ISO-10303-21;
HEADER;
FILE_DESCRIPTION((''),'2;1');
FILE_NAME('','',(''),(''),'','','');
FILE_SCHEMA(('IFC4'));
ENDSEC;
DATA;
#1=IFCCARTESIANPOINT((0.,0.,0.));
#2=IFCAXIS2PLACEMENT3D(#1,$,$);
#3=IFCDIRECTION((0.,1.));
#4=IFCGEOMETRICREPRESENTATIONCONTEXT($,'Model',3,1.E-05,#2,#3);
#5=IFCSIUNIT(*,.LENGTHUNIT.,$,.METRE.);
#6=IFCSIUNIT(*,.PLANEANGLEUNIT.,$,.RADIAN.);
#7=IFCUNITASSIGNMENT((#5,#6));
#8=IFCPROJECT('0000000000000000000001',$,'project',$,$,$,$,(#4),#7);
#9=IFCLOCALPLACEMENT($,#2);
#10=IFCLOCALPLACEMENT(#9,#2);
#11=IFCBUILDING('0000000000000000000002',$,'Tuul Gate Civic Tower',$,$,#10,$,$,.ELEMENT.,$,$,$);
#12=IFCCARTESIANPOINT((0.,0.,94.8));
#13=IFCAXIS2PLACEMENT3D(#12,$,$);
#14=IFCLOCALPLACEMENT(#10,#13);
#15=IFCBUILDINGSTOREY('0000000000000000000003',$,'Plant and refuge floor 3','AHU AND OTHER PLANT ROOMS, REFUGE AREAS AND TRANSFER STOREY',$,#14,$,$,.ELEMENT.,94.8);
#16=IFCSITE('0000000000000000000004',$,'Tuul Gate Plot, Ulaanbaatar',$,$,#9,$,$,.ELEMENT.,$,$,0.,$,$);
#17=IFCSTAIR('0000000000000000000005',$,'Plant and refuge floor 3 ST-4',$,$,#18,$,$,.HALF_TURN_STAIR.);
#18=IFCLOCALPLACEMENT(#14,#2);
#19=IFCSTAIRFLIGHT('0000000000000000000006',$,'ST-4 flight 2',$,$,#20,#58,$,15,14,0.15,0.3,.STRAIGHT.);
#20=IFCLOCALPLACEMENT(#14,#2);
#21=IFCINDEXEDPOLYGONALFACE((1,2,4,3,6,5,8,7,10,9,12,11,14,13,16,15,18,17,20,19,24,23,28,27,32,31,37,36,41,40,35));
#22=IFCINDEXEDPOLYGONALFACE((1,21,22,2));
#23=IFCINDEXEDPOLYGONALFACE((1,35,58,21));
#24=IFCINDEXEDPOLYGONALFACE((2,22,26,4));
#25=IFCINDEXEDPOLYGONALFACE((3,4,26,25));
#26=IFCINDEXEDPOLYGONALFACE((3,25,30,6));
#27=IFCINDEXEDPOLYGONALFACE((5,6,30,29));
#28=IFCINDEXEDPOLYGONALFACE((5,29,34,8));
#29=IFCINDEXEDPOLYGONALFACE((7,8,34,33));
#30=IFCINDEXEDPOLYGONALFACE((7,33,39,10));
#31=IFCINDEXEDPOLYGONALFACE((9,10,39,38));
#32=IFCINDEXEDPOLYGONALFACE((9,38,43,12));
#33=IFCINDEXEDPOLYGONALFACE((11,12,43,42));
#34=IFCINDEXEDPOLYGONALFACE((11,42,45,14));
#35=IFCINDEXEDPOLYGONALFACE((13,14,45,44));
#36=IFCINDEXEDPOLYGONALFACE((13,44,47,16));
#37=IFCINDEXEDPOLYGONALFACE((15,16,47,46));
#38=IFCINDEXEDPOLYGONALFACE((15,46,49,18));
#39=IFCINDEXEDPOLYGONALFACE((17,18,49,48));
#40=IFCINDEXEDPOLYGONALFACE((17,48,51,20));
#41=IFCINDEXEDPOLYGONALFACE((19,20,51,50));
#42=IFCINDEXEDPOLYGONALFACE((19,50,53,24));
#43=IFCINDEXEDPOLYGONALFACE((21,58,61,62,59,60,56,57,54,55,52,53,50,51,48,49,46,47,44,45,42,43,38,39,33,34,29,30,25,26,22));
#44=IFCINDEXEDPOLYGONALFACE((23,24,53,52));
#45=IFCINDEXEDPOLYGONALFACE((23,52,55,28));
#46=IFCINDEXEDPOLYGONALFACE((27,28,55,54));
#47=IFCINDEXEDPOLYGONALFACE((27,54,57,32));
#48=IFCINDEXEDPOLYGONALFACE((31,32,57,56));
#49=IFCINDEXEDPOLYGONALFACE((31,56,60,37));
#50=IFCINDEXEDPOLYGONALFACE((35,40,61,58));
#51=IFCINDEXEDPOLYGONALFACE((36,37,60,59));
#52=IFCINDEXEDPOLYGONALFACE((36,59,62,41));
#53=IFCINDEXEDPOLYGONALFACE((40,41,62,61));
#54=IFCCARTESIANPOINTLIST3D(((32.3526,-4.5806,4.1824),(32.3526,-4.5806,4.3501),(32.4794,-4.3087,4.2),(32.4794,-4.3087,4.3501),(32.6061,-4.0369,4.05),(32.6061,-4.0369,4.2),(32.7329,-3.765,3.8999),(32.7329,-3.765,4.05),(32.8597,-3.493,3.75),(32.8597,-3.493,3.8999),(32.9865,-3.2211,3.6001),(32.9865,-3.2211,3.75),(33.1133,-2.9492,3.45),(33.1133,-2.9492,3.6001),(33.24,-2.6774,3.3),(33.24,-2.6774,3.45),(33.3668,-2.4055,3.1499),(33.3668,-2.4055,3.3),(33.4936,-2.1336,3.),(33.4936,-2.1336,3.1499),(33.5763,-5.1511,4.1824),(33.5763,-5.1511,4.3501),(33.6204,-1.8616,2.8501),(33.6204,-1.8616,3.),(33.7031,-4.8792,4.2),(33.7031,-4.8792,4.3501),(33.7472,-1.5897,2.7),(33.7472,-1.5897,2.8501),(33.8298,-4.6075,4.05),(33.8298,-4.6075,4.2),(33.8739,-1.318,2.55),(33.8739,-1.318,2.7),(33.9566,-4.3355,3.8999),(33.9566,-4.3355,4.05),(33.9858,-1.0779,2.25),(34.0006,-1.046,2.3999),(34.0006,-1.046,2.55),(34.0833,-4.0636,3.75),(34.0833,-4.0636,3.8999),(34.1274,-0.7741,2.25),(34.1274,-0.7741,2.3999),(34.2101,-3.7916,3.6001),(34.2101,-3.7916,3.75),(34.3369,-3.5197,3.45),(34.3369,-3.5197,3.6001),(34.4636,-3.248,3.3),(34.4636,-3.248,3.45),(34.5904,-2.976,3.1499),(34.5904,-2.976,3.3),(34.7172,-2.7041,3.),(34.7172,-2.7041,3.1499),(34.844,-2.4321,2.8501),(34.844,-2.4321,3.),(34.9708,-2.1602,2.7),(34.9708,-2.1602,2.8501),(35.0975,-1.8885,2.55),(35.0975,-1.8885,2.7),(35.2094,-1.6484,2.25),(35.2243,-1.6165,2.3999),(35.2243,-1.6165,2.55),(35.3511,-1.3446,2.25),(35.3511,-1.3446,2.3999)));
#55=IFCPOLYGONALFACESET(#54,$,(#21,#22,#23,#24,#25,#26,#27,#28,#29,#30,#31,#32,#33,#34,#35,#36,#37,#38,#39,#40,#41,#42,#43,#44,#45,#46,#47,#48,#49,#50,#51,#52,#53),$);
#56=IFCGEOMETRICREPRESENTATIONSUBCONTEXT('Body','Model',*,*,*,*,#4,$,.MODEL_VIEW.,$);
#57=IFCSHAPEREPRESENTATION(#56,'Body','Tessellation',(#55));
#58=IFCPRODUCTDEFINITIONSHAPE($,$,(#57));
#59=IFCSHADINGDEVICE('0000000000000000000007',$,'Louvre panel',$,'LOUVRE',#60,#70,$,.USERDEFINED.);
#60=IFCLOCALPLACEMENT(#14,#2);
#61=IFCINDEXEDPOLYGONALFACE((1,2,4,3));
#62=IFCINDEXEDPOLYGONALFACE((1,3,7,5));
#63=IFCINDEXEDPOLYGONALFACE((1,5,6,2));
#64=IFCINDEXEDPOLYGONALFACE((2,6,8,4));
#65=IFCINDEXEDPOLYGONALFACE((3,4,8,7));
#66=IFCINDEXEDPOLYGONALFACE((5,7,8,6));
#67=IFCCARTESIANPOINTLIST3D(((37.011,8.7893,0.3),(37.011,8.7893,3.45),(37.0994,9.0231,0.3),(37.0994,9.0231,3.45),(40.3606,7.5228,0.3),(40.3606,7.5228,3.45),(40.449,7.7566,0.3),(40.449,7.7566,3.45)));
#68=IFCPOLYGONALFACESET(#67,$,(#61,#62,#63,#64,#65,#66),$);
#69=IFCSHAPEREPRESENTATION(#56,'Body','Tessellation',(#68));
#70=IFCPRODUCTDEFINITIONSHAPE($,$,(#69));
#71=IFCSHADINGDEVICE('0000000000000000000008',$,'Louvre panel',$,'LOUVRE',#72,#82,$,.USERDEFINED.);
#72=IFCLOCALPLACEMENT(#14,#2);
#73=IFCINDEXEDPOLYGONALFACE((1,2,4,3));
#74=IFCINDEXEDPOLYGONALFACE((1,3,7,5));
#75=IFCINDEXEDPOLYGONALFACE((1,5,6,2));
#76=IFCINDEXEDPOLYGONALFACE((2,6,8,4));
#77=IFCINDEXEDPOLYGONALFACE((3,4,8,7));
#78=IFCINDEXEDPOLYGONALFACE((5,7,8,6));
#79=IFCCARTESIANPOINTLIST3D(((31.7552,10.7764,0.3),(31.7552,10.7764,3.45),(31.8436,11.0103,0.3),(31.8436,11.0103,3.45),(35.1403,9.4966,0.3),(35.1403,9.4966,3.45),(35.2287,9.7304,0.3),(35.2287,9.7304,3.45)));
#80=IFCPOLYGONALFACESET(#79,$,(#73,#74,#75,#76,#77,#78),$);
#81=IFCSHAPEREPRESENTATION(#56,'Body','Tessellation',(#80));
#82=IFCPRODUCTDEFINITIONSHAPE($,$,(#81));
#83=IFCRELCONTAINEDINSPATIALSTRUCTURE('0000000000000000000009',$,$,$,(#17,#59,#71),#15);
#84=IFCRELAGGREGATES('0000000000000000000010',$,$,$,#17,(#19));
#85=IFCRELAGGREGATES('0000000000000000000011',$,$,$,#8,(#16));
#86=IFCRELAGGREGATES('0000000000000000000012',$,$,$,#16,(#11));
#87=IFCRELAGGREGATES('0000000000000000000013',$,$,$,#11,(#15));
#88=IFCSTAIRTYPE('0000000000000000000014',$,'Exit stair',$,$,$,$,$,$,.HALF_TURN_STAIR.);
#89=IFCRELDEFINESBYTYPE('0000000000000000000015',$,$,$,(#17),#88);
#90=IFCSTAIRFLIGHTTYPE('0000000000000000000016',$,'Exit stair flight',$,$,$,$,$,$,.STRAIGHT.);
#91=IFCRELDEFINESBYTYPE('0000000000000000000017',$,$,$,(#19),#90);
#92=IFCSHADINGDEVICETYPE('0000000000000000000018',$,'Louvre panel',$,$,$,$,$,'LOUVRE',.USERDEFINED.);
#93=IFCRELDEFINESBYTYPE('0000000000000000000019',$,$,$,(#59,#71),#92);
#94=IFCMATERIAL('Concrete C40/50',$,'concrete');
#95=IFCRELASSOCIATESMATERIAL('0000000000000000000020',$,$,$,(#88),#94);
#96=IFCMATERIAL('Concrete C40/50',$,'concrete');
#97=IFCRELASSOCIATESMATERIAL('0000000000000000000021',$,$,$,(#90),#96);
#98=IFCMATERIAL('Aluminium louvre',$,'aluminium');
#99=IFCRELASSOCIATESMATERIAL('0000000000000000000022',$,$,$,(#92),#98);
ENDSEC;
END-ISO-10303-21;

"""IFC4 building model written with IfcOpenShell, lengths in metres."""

from ifc_helpers import new_model, si_unit, direction, frame, origin, origin_2d, place, context, subcontext, project, spatial, polyline, rectangle, outline, extrude, material, type_object, element, aggregate, save


model = new_model("IFC4")

# Units and contexts
model_context = context("Model", 3, precision=1e-05, world=origin(), true_north=direction((0.0, 1.0)))
body_context = subcontext(model_context, "Body", "Model", "MODEL_VIEW")
ifc_project = project(units=[si_unit("LENGTHUNIT", "METRE"), si_unit("PLANEANGLEUNIT", "RADIAN")], contexts=[model_context])

# Site, building, storey
site_placement = place(None, origin())
site = spatial("IfcSite", under=ifc_project, at=site_placement, Name="Tuul Gate Plot, Ulaanbaatar", CompositionType="ELEMENT", RefElevation=0.0)
building_placement = place(site_placement, origin())
building = spatial("IfcBuilding", under=site, at=building_placement, Name="Tuul Gate Civic Tower", CompositionType="ELEMENT")
storey_placement = place(building_placement, frame((0.0, 0.0, 94.8)))
storey = spatial("IfcBuildingStorey", under=building, at=storey_placement, Name="Plant and refuge floor 3", Description="AHU AND OTHER PLANT ROOMS, REFUGE AREAS AND TRANSFER STOREY", CompositionType="ELEMENT", Elevation=94.8)

# Stair, stair flight
ifc_material_1 = material(Name="Concrete C40/50", Category="concrete")
stair_type = type_object("IfcStairType", Name="Exit stair", PredefinedType="HALF_TURN_STAIR", material=ifc_material_1)
stair_placement = place(storey_placement, origin())
stair = element("IfcStair", 1, at=stair_placement, inside=storey, type_object=stair_type, Name="Plant and refuge floor 3 ST-4", PredefinedType="HALF_TURN_STAIR")
ifc_material_2 = material(Name="Concrete C40/50", Category="concrete")
stair_flight_type = type_object("IfcStairFlightType", Name="Exit stair flight", PredefinedType="STRAIGHT", material=ifc_material_2)
stair_flight_placement = place(storey_placement, frame((34.7393, -1.0593, 2.25), z_axis=(0.0, 0.0, 1.0), x_axis=(-0.422576, -0.906327, 0.0)))
stair_flight = element("IfcStairFlight", 2, at=stair_flight_placement, type_object=stair_flight_type, Name="ST-4 flight 2", NumberOfRisers=15, NumberOfTreads=14, PredefinedType="STRAIGHT", RiserHeight=0.15, TreadLength=0.3, context=body_context, shape_type="SweptSolid", body=[
    extrude(outline(polyline([(0.0, 0.0), (0.0, 0.1499), (0.3, 0.1499), (0.3, 0.3), (0.6001, 0.3), (0.6001, 0.45), (0.8999, 0.45), (0.8999, 0.6001), (1.2, 0.6001), (1.2, 0.75), (1.5, 0.75), (1.5, 0.8999), (1.8, 0.8999), (1.8, 1.05), (2.1001, 1.05), (2.1001, 1.2), (2.3999, 1.2), (2.3999, 1.3501), (2.7, 1.3501), (2.7, 1.5), (3.0, 1.5), (3.0, 1.6499), (3.3, 1.6499), (3.3, 1.8), (3.6001, 1.8), (3.6001, 1.95), (3.8999, 1.95), (3.8999, 2.1001), (4.2, 2.1001), (4.2, 2.25), (4.2, 1.9324), (0.3352, 0.0), (0.0, 0.0)])), frame((0.0, 0.675, 0.0), z_axis=(0.0, -1.0, 0.0), x_axis=(1.0, 0.0, 0.0)), (0.0, 0.0, 1.0), 1.3501),
])
aggregate(stair, [stair_flight])

# Shading devices
ifc_material_3 = material(Name="Aluminium louvre", Category="aluminium")
shading_device_type = type_object("IfcShadingDeviceType", Name="Louvre panel", ElementType="LOUVRE", PredefinedType="USERDEFINED", material=ifc_material_3)
shading_device_1_placement = place(storey_placement, frame((38.73, 8.2729, 0.3), z_axis=(0.0, 0.0, 1.0), x_axis=(0.353652, 0.935377, 0.0)))
element("IfcShadingDevice", 3, at=shading_device_1_placement, inside=storey, type_object=shading_device_type, Name="Louvre panel", ObjectType="LOUVRE", PredefinedType="USERDEFINED", context=body_context, shape_type="SweptSolid", body=[
    extrude(rectangle(XDim=0.25, YDim=3.5811, at=origin_2d()), origin(), (0.0, 0.0, 1.0), 3.1499),
])
shading_device_2_placement = place(storey_placement, frame((33.4919, 10.2534, 0.3), z_axis=(0.0, 0.0, 1.0), x_axis=(0.353652, 0.935377, 0.0)))
element("IfcShadingDevice", 4, at=shading_device_2_placement, inside=storey, type_object=shading_device_type, Name="Louvre panel", ObjectType="LOUVRE", PredefinedType="USERDEFINED", context=body_context, shape_type="SweptSolid", body=[
    extrude(rectangle(XDim=0.25, YDim=3.6189, at=origin_2d()), origin(), (0.0, 0.0, 1.0), 3.1499),
])

save(model, "model.ifc")
